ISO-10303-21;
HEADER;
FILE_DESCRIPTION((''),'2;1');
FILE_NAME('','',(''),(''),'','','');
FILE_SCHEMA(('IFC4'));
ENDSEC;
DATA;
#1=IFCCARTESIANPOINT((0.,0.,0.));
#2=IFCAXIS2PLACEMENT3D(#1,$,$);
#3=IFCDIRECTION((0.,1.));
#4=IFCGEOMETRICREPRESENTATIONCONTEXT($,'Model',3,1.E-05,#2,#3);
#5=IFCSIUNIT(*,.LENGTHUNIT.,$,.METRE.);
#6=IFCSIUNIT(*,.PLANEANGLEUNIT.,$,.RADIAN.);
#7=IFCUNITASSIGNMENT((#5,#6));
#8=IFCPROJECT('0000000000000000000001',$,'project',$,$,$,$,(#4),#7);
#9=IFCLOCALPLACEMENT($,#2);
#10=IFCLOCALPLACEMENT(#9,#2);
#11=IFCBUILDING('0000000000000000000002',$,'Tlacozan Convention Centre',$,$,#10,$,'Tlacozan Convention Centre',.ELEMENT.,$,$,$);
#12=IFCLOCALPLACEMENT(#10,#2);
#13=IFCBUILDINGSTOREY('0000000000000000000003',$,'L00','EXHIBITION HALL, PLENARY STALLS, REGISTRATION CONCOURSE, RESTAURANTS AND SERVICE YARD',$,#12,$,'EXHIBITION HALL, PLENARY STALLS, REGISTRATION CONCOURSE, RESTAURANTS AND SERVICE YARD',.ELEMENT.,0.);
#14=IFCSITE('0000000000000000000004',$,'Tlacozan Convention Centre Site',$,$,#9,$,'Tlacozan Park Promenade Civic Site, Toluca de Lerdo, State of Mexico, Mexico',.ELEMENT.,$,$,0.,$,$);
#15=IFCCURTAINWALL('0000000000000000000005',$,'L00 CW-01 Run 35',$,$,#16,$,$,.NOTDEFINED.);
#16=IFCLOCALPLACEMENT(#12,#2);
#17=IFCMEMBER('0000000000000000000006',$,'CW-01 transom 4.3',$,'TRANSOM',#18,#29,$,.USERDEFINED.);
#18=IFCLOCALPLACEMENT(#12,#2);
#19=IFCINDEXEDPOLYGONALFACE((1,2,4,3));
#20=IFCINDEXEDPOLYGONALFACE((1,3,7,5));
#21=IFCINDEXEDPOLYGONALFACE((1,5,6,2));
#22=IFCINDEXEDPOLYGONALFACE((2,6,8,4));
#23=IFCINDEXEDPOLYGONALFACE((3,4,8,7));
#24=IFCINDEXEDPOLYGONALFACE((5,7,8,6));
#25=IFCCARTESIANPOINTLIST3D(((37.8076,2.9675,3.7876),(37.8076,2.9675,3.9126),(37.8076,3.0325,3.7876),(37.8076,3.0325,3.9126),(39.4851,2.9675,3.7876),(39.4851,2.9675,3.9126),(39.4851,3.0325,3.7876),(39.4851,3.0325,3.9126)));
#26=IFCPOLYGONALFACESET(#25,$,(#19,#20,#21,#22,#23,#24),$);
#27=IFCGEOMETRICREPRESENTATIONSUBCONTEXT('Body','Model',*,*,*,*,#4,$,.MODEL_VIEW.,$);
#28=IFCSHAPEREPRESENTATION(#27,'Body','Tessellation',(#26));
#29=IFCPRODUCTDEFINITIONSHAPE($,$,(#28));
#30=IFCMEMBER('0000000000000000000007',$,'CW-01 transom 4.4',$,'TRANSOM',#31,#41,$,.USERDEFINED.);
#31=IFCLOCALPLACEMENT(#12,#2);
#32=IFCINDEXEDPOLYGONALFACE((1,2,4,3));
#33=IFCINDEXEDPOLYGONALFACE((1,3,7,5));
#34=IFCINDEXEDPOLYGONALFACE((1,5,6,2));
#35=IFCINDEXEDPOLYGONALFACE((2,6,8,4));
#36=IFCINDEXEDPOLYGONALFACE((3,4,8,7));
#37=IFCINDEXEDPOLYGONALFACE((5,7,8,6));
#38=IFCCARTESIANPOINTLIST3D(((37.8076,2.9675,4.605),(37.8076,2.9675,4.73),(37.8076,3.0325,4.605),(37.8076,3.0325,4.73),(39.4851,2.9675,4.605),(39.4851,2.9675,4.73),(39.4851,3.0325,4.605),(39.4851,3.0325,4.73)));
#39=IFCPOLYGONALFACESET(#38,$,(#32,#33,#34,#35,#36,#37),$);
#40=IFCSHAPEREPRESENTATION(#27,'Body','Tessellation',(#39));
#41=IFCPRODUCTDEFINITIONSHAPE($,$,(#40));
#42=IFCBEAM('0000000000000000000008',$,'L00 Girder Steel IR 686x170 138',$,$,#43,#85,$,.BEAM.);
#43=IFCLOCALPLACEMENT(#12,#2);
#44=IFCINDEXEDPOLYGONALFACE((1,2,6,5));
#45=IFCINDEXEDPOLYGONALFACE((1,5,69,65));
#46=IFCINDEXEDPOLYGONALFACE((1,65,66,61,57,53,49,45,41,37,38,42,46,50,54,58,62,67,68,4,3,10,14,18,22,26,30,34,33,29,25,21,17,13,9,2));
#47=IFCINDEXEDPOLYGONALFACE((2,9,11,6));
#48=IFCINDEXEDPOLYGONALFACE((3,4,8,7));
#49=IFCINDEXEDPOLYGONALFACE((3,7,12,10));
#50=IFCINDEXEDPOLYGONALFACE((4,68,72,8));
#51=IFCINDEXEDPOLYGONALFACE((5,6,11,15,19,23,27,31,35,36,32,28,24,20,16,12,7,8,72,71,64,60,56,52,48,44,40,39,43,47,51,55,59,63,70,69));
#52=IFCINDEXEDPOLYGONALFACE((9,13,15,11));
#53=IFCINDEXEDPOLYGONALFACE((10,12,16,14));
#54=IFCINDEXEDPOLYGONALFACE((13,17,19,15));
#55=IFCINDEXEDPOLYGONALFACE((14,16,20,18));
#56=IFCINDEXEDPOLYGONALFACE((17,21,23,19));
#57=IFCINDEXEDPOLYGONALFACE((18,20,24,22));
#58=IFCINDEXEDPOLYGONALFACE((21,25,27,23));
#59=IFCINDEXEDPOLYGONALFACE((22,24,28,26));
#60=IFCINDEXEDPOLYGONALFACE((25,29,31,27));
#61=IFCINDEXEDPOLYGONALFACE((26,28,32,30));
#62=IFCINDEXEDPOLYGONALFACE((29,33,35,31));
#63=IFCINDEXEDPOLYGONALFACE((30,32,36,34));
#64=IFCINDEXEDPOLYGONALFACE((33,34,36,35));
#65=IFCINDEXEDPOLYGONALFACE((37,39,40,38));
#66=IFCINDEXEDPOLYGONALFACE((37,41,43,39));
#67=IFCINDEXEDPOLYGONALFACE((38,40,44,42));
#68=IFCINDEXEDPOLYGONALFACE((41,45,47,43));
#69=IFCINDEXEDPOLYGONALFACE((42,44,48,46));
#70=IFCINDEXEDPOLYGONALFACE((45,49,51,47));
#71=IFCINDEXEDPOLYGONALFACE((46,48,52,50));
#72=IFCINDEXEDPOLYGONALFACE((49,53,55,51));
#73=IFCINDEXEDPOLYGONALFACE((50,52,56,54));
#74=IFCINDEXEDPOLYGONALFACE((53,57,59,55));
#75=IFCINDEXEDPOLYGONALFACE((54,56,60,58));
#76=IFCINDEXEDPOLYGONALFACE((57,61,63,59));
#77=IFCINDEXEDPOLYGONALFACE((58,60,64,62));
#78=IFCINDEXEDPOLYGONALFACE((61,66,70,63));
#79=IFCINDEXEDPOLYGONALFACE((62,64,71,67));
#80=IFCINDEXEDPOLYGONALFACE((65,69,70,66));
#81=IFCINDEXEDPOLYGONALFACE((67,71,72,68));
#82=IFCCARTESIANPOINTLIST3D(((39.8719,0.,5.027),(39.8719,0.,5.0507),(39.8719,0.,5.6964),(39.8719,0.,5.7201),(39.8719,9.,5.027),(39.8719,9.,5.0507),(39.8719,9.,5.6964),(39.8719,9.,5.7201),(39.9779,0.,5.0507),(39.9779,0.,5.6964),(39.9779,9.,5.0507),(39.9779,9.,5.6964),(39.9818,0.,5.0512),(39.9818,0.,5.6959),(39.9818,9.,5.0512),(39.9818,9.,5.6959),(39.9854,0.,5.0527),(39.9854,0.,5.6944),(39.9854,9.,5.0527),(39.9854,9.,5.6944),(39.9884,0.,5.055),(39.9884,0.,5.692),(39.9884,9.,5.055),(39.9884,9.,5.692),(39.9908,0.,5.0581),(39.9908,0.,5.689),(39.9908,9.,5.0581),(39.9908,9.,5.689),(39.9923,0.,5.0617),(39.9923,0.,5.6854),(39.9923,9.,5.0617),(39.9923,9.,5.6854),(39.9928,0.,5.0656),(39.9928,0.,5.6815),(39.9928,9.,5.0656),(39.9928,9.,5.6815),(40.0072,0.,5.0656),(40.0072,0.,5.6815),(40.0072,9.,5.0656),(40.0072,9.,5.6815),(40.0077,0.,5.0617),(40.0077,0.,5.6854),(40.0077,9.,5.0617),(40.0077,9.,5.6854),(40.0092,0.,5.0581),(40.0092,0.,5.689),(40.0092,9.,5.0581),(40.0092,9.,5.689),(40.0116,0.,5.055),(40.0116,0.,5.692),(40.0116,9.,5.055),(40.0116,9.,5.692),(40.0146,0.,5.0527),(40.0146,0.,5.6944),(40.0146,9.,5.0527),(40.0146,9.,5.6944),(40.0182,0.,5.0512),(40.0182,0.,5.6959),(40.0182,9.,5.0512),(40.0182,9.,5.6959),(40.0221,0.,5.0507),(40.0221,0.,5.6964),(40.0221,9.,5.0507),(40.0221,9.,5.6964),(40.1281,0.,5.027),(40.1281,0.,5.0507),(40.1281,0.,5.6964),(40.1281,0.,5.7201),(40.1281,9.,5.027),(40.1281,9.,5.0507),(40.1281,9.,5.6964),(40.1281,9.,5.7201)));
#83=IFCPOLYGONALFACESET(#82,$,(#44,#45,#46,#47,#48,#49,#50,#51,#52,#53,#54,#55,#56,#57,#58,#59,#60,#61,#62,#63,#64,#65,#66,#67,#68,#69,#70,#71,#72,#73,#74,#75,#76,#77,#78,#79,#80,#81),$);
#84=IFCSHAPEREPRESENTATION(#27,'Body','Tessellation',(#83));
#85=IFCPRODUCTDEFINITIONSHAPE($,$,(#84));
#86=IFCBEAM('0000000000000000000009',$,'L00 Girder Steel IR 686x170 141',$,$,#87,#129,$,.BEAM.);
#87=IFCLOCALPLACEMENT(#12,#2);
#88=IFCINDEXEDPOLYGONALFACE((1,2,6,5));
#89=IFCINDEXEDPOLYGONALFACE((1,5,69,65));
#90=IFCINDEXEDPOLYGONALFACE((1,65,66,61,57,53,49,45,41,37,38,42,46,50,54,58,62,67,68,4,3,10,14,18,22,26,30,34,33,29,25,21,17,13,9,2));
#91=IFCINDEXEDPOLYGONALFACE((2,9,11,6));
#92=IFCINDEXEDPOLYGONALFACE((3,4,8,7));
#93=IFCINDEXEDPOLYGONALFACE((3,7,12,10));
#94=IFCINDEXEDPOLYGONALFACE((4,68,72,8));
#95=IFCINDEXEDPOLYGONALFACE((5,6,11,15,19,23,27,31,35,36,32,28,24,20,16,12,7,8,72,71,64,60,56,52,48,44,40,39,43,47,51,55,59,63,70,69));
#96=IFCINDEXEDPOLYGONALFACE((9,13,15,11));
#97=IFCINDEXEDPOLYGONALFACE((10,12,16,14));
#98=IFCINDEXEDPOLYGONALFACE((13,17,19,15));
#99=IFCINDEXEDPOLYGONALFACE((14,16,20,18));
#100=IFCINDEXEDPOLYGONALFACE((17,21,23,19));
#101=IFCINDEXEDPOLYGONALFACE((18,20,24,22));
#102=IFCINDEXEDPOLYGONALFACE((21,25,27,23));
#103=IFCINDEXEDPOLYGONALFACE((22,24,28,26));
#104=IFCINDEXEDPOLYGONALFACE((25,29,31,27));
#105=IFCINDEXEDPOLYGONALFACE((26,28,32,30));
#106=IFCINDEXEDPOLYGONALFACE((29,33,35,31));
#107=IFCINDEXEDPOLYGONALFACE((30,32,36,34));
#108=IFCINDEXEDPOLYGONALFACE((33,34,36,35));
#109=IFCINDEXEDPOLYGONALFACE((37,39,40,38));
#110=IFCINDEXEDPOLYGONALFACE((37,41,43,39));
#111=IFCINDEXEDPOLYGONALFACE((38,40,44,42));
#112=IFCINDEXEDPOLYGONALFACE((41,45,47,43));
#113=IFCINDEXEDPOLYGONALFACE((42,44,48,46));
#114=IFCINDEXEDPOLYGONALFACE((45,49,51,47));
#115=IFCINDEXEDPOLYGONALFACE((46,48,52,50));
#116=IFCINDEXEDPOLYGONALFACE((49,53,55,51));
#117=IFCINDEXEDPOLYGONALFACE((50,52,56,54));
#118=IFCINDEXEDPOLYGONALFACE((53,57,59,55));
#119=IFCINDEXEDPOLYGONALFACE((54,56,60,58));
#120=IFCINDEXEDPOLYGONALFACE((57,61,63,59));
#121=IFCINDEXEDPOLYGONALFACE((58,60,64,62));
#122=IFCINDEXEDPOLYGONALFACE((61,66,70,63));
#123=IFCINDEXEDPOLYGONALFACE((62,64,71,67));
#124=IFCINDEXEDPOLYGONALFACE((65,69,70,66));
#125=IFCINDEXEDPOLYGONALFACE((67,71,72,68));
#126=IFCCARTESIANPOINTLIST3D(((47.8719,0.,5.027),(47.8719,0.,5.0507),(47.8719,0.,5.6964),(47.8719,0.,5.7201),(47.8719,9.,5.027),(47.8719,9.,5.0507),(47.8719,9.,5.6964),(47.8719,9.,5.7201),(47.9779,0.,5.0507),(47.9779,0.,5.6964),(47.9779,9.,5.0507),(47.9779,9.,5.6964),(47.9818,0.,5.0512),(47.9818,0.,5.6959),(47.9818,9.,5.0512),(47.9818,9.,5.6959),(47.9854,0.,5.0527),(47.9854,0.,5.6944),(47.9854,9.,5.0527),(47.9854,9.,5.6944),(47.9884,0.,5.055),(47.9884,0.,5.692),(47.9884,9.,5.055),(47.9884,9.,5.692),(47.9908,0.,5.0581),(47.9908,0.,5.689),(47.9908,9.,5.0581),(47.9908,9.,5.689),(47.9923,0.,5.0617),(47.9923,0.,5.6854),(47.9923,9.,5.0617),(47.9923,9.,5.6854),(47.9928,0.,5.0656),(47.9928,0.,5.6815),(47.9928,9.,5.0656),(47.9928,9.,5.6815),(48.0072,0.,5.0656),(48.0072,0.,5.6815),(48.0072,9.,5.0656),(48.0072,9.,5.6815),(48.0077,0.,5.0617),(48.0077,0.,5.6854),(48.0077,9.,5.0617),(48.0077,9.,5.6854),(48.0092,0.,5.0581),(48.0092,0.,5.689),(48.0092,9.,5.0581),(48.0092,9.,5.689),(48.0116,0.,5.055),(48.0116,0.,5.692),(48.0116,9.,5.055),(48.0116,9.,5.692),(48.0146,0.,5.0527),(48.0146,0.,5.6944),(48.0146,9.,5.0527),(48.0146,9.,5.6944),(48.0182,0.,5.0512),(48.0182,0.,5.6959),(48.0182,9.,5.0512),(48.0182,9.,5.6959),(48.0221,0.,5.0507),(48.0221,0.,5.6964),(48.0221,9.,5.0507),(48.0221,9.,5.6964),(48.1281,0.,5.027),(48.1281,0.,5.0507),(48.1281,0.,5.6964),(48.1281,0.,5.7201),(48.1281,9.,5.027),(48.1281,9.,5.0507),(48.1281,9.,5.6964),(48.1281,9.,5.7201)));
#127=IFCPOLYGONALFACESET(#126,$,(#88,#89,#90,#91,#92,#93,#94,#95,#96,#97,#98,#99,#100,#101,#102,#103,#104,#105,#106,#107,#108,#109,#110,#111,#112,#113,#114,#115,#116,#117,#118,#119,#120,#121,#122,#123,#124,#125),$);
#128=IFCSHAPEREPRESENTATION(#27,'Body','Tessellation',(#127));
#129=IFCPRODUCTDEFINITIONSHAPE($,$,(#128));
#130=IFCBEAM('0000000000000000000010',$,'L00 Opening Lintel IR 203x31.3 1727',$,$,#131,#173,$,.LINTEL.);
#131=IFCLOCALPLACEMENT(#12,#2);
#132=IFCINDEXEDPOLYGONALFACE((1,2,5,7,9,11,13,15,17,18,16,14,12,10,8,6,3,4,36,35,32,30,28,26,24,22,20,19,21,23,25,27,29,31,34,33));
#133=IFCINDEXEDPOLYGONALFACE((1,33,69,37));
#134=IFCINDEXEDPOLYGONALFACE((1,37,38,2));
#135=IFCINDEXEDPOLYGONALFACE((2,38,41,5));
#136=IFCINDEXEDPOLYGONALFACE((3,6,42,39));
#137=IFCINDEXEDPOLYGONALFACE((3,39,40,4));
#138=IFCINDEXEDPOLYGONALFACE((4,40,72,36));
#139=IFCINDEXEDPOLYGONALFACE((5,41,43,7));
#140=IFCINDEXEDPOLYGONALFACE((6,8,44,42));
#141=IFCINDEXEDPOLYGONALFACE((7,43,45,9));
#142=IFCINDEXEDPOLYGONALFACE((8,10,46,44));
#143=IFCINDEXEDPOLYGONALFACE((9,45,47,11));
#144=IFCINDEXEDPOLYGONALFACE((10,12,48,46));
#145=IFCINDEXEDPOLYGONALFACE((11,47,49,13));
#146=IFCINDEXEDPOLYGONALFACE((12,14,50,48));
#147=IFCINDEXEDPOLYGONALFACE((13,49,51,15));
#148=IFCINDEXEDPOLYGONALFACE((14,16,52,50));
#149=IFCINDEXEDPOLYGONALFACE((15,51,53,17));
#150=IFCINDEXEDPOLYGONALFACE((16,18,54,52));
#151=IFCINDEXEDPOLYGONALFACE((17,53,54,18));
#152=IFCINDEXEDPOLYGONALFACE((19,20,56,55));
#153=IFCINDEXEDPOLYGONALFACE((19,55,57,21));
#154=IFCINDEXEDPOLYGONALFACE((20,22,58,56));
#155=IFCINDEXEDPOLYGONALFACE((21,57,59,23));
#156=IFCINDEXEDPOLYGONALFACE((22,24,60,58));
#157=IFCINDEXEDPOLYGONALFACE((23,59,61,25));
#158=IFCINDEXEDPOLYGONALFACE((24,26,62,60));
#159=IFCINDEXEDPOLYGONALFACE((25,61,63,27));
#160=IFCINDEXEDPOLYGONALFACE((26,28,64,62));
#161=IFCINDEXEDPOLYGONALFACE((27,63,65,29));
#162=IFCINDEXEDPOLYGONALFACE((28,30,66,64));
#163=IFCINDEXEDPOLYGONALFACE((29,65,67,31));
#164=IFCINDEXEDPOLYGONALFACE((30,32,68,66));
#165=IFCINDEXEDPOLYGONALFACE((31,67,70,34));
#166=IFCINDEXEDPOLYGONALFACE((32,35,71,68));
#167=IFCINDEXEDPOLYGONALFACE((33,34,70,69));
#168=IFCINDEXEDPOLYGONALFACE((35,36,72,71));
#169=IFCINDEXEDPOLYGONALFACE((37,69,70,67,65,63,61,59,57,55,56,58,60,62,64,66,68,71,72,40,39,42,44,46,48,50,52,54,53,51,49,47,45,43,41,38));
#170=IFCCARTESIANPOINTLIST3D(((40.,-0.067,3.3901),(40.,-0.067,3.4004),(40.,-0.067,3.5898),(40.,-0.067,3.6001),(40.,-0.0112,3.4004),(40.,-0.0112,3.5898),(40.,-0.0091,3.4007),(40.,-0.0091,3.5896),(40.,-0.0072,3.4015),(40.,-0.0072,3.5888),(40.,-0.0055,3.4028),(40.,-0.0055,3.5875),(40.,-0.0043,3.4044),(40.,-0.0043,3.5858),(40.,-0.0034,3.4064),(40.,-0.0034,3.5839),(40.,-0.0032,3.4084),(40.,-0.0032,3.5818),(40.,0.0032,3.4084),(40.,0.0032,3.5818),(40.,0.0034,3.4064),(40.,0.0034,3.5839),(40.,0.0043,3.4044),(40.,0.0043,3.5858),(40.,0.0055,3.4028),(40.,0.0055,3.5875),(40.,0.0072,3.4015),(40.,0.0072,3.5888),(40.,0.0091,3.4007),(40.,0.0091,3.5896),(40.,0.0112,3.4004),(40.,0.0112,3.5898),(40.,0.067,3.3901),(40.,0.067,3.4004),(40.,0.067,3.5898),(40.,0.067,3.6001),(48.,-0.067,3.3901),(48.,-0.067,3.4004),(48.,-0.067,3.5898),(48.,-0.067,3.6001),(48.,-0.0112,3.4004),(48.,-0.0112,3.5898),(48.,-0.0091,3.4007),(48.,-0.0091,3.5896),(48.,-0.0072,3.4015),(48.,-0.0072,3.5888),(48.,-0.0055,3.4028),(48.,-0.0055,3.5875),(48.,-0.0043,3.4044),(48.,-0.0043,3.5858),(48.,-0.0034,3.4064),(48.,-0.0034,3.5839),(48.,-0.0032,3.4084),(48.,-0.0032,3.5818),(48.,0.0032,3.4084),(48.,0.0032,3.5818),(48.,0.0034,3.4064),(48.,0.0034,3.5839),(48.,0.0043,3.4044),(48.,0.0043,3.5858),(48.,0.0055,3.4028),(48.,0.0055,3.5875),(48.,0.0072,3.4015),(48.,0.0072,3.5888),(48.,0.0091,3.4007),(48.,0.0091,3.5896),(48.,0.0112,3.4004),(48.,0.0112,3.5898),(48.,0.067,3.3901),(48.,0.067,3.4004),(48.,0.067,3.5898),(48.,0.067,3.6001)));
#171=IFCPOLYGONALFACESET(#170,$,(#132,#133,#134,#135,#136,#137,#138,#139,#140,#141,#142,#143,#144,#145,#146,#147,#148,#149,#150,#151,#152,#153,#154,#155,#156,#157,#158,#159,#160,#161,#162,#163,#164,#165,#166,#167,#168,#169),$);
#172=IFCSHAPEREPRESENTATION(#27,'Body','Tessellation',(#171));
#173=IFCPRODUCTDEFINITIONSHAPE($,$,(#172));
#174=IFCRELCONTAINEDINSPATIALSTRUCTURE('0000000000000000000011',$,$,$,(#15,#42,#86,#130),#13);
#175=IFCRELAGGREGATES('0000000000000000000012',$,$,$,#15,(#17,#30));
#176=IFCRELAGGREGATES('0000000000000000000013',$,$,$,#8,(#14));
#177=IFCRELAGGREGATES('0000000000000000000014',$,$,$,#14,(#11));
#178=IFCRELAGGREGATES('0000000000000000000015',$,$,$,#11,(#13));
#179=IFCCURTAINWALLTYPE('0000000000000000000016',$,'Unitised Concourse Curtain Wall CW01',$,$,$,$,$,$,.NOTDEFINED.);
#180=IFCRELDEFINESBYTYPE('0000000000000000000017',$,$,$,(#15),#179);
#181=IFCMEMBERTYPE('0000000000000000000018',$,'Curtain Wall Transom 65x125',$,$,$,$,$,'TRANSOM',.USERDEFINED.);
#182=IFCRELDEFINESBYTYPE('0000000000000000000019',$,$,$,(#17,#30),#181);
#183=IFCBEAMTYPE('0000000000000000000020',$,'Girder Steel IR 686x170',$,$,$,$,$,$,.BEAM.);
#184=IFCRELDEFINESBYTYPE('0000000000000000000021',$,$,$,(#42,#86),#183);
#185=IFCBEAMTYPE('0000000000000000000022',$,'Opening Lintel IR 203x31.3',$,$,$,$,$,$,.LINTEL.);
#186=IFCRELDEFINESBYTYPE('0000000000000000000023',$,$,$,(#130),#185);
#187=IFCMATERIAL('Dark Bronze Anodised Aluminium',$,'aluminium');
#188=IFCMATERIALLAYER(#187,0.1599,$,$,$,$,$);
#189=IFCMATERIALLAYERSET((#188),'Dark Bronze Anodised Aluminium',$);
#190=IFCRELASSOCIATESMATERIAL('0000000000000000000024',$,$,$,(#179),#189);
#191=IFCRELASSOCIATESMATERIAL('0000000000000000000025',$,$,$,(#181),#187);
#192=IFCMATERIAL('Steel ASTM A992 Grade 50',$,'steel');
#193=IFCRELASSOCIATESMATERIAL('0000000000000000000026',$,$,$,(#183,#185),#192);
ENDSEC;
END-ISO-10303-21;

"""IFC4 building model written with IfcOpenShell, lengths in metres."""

from ifc_helpers import new_model, si_unit, direction, frame, origin, origin_2d, place, context, subcontext, project, spatial, rectangle, i_section, extrude, material, layer, layer_set, material_profile, profile_set, type_object, element, aggregate, save


model = new_model("IFC4")

# Units and contexts
model_context = context("Model", 3, precision=1e-05, world=origin(), true_north=direction((0.0, 1.0)))
body_context = subcontext(model_context, "Body", "Model", "MODEL_VIEW")
ifc_project = project(units=[si_unit("LENGTHUNIT", "METRE"), si_unit("PLANEANGLEUNIT", "RADIAN")], contexts=[model_context])

# Site, building, storey
site_placement = place(None, origin())
site = spatial("IfcSite", under=ifc_project, at=site_placement, Name="Tlacozan Convention Centre Site", LongName="Tlacozan Park Promenade Civic Site, Toluca de Lerdo, State of Mexico, Mexico", CompositionType="ELEMENT", RefElevation=0.0)
building_placement = place(site_placement, origin())
building = spatial("IfcBuilding", under=site, at=building_placement, Name="Tlacozan Convention Centre", LongName="Tlacozan Convention Centre", CompositionType="ELEMENT")
storey_placement = place(building_placement, origin())
storey = spatial("IfcBuildingStorey", under=building, at=storey_placement, Name="L00", Description="EXHIBITION HALL, PLENARY STALLS, REGISTRATION CONCOURSE, RESTAURANTS AND SERVICE YARD", LongName="EXHIBITION HALL, PLENARY STALLS, REGISTRATION CONCOURSE, RESTAURANTS AND SERVICE YARD", CompositionType="ELEMENT", Elevation=0.0)

# Curtain wall, members
ifc_material_1 = material(Name="Dark Bronze Anodised Aluminium", Category="aluminium")
ifc_layer_1 = layer(ifc_material_1, 0.1599)
ifc_layer_set_1 = layer_set([ifc_layer_1], Name="Dark Bronze Anodised Aluminium")
curtain_wall_type = type_object("IfcCurtainWallType", Name="Unitised Concourse Curtain Wall CW01", PredefinedType="NOTDEFINED", material=ifc_layer_set_1)
curtain_wall_placement = place(storey_placement, origin())
curtain_wall = element("IfcCurtainWall", 1, at=curtain_wall_placement, inside=storey, type_object=curtain_wall_type, Name="L00 CW-01 Run 35", PredefinedType="NOTDEFINED")
ifc_material_profile_1 = material_profile(ifc_material_1, rectangle(XDim=0.0649, YDim=0.125, at=origin_2d()), Name="ALU 65x125")
ifc_profile_set_1 = profile_set([ifc_material_profile_1], Name="Dark Bronze Anodised Aluminium")
member_type_1 = type_object("IfcMemberType", Name="Curtain Wall Transom 65x125", ElementType="TRANSOM", PredefinedType="USERDEFINED", material=ifc_profile_set_1)
member_1_placement = place(storey_placement, frame((37.8076, 3.0, 3.8501), z_axis=(1.0, 0.0, 0.0), x_axis=(0.0, 1.0, 0.0)))
member_1 = element("IfcMember", 2, at=member_1_placement, type_object=member_type_1, Name="CW-01 transom 4.3", ObjectType="TRANSOM", PredefinedType="USERDEFINED", context=body_context, shape_type="SweptSolid", body=[
    extrude(rectangle(XDim=0.0649, YDim=0.125, at=origin_2d()), origin(), (0.0, 0.0, 1.0), 1.6775),
])
member_2_placement = place(storey_placement, frame((37.8076, 3.0, 4.6675), z_axis=(1.0, 0.0, 0.0), x_axis=(0.0, 1.0, 0.0)))
member_2 = element("IfcMember", 3, at=member_2_placement, type_object=member_type_1, Name="CW-01 transom 4.4", ObjectType="TRANSOM", PredefinedType="USERDEFINED", context=body_context, shape_type="SweptSolid", body=[
    extrude(rectangle(XDim=0.0649, YDim=0.125, at=origin_2d()), origin(), (0.0, 0.0, 1.0), 1.6775),
])

# Beams
ifc_material_2 = material(Name="Steel ASTM A992 Grade 50", Category="steel")
ifc_material_profile_2 = material_profile(ifc_material_2, i_section(OverallWidth=0.2561, OverallDepth=0.6931, WebThickness=0.0144, FlangeThickness=0.0237, FilletRadius=0.0149, at=origin_2d()), Name="IR 686x170.0")
ifc_profile_set_2 = profile_set([ifc_material_profile_2], Name="Steel ASTM A992 Grade 50")
beam_type_1 = type_object("IfcBeamType", Name="Girder Steel IR 686x170", PredefinedType="BEAM", material=ifc_profile_set_2)
for number, where, z_axis, x_axis, name in (
    (4, (40.0, 0.0, 5.3735), (0.0, 1.0, 0.0), (-1.0, 0.0, 0.0), "L00 Girder Steel IR 686x170 138"),
    (5, (48.0, 0.0, 5.3735), (0.0, 1.0, 0.0), (-1.0, 0.0, 0.0), "L00 Girder Steel IR 686x170 141"),
):
    element("IfcBeam", number, at=place(storey_placement, frame(where, z_axis=z_axis, x_axis=x_axis)), inside=storey, type_object=beam_type_1, Name=name, PredefinedType="BEAM", context=body_context, shape_type="SweptSolid", body=[
        extrude(i_section(OverallWidth=0.2561, OverallDepth=0.6931, WebThickness=0.0144, FlangeThickness=0.0237, FilletRadius=0.0149, at=origin_2d()), origin(), (0.0, 0.0, 1.0), 9.0),
    ])
ifc_material_profile_3 = material_profile(ifc_material_2, i_section(OverallWidth=0.134, OverallDepth=0.21, WebThickness=0.0063, FlangeThickness=0.0103, FilletRadius=0.0081, at=origin_2d()), Name="IR 203x31.3")
ifc_profile_set_3 = profile_set([ifc_material_profile_3], Name="Steel ASTM A992 Grade 50")
beam_type_2 = type_object("IfcBeamType", Name="Opening Lintel IR 203x31.3", PredefinedType="LINTEL", material=ifc_profile_set_3)
beam_1_placement = place(storey_placement, frame((40.0, 0.0, 3.4951), z_axis=(1.0, 0.0, 0.0), x_axis=(0.0, 1.0, 0.0)))
element("IfcBeam", 6, at=beam_1_placement, inside=storey, type_object=beam_type_2, Name="L00 Opening Lintel IR 203x31.3 1727", PredefinedType="LINTEL", context=body_context, shape_type="SweptSolid", body=[
    extrude(i_section(OverallWidth=0.134, OverallDepth=0.21, WebThickness=0.0063, FlangeThickness=0.0103, FilletRadius=0.0081, at=origin_2d()), origin(), (0.0, 0.0, 1.0), 8.0),
])

aggregate(curtain_wall, [member_1, member_2])

save(model, "model.ifc")
